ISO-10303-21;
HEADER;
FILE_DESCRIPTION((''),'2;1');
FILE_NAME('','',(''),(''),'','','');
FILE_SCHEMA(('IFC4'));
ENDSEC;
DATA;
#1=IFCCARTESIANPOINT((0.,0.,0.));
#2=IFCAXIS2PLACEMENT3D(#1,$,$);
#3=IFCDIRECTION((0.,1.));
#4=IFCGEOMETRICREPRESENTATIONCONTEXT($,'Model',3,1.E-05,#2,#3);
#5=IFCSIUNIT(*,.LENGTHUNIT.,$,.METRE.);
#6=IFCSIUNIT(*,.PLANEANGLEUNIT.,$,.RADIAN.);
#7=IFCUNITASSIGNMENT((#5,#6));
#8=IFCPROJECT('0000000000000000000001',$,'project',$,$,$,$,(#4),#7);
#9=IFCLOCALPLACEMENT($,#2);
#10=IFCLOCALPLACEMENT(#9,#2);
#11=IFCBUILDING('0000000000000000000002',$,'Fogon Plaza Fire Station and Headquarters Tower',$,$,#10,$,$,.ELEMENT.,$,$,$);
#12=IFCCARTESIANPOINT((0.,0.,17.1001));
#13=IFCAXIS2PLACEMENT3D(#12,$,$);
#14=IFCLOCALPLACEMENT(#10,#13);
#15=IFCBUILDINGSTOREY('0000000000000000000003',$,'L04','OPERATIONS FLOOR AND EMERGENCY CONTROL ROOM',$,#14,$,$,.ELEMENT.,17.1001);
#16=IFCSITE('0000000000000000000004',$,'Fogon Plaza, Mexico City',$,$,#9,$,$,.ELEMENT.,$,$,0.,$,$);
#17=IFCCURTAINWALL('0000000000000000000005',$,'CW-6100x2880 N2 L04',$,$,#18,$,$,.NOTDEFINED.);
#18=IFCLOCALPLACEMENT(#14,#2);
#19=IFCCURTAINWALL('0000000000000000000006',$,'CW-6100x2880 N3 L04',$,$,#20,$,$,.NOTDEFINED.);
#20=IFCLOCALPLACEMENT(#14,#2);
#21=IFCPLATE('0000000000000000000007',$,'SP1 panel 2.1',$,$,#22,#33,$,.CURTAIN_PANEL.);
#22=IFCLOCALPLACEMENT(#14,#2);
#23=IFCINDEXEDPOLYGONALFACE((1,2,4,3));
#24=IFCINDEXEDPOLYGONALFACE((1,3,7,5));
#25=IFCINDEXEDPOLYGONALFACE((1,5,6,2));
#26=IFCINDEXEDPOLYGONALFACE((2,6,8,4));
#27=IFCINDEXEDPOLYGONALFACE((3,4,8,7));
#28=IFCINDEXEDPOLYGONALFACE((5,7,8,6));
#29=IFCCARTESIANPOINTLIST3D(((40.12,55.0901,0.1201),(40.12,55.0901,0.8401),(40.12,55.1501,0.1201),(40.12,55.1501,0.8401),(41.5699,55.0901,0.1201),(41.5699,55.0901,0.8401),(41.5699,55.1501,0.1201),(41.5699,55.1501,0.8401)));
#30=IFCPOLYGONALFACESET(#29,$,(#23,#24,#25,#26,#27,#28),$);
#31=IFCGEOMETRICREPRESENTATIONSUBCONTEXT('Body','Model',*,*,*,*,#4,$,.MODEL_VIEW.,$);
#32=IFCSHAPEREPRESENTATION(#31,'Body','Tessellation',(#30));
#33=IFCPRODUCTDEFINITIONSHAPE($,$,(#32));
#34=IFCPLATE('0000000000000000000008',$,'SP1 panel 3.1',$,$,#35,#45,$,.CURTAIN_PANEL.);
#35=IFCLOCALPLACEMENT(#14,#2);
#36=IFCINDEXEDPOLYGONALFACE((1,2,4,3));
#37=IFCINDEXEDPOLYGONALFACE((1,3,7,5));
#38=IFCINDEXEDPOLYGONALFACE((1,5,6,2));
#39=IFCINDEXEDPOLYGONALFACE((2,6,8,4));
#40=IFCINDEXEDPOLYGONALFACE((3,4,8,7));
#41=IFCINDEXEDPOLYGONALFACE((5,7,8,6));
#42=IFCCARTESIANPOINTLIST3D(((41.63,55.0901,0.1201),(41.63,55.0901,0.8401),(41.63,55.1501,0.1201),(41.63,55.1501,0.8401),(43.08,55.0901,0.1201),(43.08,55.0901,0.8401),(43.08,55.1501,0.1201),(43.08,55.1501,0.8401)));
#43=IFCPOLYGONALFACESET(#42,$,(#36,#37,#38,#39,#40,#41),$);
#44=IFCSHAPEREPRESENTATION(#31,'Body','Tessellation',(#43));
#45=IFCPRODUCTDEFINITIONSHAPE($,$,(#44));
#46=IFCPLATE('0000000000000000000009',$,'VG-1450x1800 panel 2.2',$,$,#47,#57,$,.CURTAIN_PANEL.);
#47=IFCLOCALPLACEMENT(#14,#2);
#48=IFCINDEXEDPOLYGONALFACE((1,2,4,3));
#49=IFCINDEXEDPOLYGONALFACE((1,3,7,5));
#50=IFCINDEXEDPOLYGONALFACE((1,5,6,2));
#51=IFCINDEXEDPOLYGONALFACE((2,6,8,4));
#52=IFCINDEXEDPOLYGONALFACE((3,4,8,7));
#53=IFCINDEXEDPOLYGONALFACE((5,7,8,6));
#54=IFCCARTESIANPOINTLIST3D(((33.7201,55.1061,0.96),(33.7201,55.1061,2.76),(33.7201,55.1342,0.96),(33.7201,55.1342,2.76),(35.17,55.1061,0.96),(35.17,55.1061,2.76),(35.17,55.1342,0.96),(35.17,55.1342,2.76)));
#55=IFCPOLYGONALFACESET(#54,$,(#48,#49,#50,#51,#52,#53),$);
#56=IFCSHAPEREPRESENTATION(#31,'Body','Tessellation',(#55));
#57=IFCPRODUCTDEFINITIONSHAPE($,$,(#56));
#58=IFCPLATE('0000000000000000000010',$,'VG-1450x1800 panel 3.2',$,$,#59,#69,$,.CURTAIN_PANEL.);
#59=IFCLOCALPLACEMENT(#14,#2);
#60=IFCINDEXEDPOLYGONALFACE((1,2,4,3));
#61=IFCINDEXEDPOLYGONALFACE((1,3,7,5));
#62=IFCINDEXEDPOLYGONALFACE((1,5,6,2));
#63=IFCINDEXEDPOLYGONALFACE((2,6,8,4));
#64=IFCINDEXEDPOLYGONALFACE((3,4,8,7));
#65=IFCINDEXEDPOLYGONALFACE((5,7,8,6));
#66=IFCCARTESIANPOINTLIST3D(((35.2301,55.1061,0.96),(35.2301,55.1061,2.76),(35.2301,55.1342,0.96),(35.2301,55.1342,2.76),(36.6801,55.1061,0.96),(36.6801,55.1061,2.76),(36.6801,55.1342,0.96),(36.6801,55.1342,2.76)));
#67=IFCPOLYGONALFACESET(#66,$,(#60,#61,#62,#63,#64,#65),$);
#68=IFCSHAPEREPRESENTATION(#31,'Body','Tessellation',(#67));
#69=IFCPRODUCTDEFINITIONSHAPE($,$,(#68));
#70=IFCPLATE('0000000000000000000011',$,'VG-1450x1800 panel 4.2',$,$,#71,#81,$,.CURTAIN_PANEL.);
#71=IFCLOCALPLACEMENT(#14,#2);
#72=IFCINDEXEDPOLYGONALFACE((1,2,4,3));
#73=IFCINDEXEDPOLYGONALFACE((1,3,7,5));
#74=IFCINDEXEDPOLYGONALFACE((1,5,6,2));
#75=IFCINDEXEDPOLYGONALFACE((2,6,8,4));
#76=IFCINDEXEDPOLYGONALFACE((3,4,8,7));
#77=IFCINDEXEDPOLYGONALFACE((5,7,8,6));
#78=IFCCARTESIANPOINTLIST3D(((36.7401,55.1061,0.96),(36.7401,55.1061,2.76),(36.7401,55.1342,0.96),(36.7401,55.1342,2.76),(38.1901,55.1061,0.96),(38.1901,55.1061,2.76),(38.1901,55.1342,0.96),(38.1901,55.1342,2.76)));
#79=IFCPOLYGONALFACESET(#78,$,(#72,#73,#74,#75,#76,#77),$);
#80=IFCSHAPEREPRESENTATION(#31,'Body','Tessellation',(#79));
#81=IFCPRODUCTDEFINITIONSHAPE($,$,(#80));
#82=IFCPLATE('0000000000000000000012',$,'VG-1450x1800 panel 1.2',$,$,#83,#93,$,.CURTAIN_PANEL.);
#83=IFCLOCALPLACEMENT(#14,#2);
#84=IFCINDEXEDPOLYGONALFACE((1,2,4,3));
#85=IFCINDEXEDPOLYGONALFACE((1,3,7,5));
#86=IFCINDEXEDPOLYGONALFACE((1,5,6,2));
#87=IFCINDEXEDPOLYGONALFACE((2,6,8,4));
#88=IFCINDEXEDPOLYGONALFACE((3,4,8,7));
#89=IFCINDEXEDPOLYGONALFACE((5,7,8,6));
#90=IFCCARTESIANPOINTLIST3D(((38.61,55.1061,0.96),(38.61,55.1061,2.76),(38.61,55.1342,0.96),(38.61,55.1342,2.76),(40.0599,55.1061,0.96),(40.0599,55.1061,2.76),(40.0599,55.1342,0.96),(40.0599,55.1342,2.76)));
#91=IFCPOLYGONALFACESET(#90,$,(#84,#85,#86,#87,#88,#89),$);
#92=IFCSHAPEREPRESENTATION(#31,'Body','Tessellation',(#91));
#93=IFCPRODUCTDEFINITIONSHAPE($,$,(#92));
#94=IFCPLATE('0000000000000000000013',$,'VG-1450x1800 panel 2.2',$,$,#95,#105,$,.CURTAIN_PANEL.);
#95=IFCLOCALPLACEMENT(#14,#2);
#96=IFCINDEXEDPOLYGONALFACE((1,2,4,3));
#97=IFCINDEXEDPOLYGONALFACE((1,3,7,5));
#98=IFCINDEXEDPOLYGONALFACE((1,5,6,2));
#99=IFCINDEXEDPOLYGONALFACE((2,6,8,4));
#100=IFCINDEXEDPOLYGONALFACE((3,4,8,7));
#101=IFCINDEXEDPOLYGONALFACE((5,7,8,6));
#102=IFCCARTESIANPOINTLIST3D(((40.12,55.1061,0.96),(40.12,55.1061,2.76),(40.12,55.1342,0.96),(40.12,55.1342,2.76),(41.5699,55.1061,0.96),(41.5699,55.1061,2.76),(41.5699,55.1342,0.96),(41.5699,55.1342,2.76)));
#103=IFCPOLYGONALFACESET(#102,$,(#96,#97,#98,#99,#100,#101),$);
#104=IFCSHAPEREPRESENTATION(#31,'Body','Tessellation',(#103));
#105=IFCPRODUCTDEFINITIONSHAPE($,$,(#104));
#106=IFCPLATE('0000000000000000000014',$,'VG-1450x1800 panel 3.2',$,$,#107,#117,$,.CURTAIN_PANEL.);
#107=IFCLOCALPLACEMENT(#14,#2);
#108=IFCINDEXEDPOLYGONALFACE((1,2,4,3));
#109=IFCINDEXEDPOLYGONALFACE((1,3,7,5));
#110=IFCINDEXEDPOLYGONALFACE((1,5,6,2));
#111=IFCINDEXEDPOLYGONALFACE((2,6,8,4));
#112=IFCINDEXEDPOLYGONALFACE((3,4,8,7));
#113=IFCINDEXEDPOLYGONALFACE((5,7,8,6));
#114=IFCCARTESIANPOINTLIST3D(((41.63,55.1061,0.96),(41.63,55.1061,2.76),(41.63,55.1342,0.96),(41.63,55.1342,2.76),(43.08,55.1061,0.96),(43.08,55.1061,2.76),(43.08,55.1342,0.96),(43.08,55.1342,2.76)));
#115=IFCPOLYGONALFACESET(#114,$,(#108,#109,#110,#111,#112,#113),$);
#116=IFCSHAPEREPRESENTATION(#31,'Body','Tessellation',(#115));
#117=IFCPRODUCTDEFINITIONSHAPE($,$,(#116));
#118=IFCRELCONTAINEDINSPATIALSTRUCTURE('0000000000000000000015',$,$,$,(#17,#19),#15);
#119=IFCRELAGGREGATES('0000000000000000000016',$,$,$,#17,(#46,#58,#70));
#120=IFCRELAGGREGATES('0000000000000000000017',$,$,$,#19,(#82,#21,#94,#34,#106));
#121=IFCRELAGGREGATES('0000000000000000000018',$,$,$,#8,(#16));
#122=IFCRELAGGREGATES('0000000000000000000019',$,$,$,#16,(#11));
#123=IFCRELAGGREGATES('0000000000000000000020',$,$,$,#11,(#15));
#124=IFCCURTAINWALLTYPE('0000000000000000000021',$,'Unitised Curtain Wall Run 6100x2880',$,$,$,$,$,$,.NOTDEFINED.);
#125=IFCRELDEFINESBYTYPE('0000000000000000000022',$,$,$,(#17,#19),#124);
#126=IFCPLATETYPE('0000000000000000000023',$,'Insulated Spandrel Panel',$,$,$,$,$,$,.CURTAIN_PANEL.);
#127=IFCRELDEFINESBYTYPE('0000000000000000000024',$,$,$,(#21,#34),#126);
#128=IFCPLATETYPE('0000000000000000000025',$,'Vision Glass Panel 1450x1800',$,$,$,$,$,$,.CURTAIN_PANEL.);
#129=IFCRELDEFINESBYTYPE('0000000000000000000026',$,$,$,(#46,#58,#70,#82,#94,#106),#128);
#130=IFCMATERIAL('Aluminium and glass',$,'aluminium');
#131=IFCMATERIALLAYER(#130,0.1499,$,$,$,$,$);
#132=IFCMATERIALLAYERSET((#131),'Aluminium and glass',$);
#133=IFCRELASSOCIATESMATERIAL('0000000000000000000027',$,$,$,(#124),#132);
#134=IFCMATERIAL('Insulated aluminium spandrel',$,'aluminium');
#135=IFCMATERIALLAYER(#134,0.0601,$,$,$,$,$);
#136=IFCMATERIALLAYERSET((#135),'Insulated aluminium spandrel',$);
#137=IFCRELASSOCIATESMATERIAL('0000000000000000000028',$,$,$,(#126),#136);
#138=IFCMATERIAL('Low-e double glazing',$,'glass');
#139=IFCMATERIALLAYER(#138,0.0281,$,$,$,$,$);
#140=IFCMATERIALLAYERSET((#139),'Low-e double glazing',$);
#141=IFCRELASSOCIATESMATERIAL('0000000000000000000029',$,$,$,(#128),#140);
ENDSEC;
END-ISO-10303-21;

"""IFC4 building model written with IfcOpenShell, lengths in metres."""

from ifc_helpers import new_model, si_unit, direction, frame, origin, origin_2d, place, context, subcontext, project, spatial, rectangle, extrude, material, layer, layer_set, type_object, element, aggregate, save


model = new_model("IFC4")

# Units and contexts
model_context = context("Model", 3, precision=1e-05, world=origin(), true_north=direction((0.0, 1.0)))
body_context = subcontext(model_context, "Body", "Model", "MODEL_VIEW")
ifc_project = project(units=[si_unit("LENGTHUNIT", "METRE"), si_unit("PLANEANGLEUNIT", "RADIAN")], contexts=[model_context])

# Site, building, storey
site_placement = place(None, origin())
site = spatial("IfcSite", under=ifc_project, at=site_placement, Name="Fogon Plaza, Mexico City", CompositionType="ELEMENT", RefElevation=0.0)
building_placement = place(site_placement, origin())
building = spatial("IfcBuilding", under=site, at=building_placement, Name="Fogon Plaza Fire Station and Headquarters Tower", CompositionType="ELEMENT")
storey_placement = place(building_placement, frame((0.0, 0.0, 17.1001)))
storey = spatial("IfcBuildingStorey", under=building, at=storey_placement, Name="L04", Description="OPERATIONS FLOOR AND EMERGENCY CONTROL ROOM", CompositionType="ELEMENT", Elevation=17.1001)

# Curtain walls
ifc_material_1 = material(Name="Aluminium and glass", Category="aluminium")
ifc_layer_1 = layer(ifc_material_1, 0.1499)
ifc_layer_set_1 = layer_set([ifc_layer_1], Name="Aluminium and glass")
curtain_wall_type = type_object("IfcCurtainWallType", Name="Unitised Curtain Wall Run 6100x2880", PredefinedType="NOTDEFINED", material=ifc_layer_set_1)
curtain_wall_1_placement = place(storey_placement, origin())
curtain_wall_1 = element("IfcCurtainWall", 1, at=curtain_wall_1_placement, inside=storey, type_object=curtain_wall_type, Name="CW-6100x2880 N2 L04", PredefinedType="NOTDEFINED")
curtain_wall_2_placement = place(storey_placement, origin())
curtain_wall_2 = element("IfcCurtainWall", 2, at=curtain_wall_2_placement, inside=storey, type_object=curtain_wall_type, Name="CW-6100x2880 N3 L04", PredefinedType="NOTDEFINED")

# Plates
ifc_material_2 = material(Name="Insulated aluminium spandrel", Category="aluminium")
ifc_layer_2 = layer(ifc_material_2, 0.0601)
ifc_layer_set_2 = layer_set([ifc_layer_2], Name="Insulated aluminium spandrel")
plate_type_1 = type_object("IfcPlateType", Name="Insulated Spandrel Panel", PredefinedType="CURTAIN_PANEL", material=ifc_layer_set_2)
plate_1_placement = place(storey_placement, frame((40.845, 55.1201, 0.1201), z_axis=(0.0, 0.0, 1.0), x_axis=(1.0, 0.0, 0.0)))
plate_1 = element("IfcPlate", 3, at=plate_1_placement, type_object=plate_type_1, Name="SP1 panel 2.1", PredefinedType="CURTAIN_PANEL", context=body_context, shape_type="SweptSolid", body=[
    extrude(rectangle(XDim=1.45, YDim=0.0601, at=origin_2d()), origin(), (0.0, 0.0, 1.0), 0.72),
])
plate_2_placement = place(storey_placement, frame((42.355, 55.1201, 0.1201), z_axis=(0.0, 0.0, 1.0), x_axis=(1.0, 0.0, 0.0)))
plate_2 = element("IfcPlate", 4, at=plate_2_placement, type_object=plate_type_1, Name="SP1 panel 3.1", PredefinedType="CURTAIN_PANEL", context=body_context, shape_type="SweptSolid", body=[
    extrude(rectangle(XDim=1.45, YDim=0.0601, at=origin_2d()), origin(), (0.0, 0.0, 1.0), 0.72),
])
ifc_material_3 = material(Name="Low-e double glazing", Category="glass")
ifc_layer_3 = layer(ifc_material_3, 0.0281)
ifc_layer_set_3 = layer_set([ifc_layer_3], Name="Low-e double glazing")
plate_type_2 = type_object("IfcPlateType", Name="Vision Glass Panel 1450x1800", PredefinedType="CURTAIN_PANEL", material=ifc_layer_set_3)
plate_3_placement = place(storey_placement, frame((34.4451, 55.1201, 0.96), z_axis=(0.0, 0.0, 1.0), x_axis=(1.0, 0.0, 0.0)))
plate_3 = element("IfcPlate", 5, at=plate_3_placement, type_object=plate_type_2, Name="VG-1450x1800 panel 2.2", PredefinedType="CURTAIN_PANEL", context=body_context, shape_type="SweptSolid", body=[
    extrude(rectangle(XDim=1.45, YDim=0.0281, at=origin_2d()), origin(), (0.0, 0.0, 1.0), 1.8),
])
plate_4_placement = place(storey_placement, frame((35.9551, 55.1201, 0.96), z_axis=(0.0, 0.0, 1.0), x_axis=(1.0, 0.0, 0.0)))
plate_4 = element("IfcPlate", 6, at=plate_4_placement, type_object=plate_type_2, Name="VG-1450x1800 panel 3.2", PredefinedType="CURTAIN_PANEL", context=body_context, shape_type="SweptSolid", body=[
    extrude(rectangle(XDim=1.45, YDim=0.0281, at=origin_2d()), origin(), (0.0, 0.0, 1.0), 1.8),
])
plate_5_placement = place(storey_placement, frame((37.4651, 55.1201, 0.96), z_axis=(0.0, 0.0, 1.0), x_axis=(1.0, 0.0, 0.0)))
plate_5 = element("IfcPlate", 7, at=plate_5_placement, type_object=plate_type_2, Name="VG-1450x1800 panel 4.2", PredefinedType="CURTAIN_PANEL", context=body_context, shape_type="SweptSolid", body=[
    extrude(rectangle(XDim=1.45, YDim=0.0281, at=origin_2d()), origin(), (0.0, 0.0, 1.0), 1.8),
])
aggregate(curtain_wall_1, [plate_3, plate_4, plate_5])
plate_6_placement = place(storey_placement, frame((39.335, 55.1201, 0.96), z_axis=(0.0, 0.0, 1.0), x_axis=(1.0, 0.0, 0.0)))
plate_6 = element("IfcPlate", 8, at=plate_6_placement, type_object=plate_type_2, Name="VG-1450x1800 panel 1.2", PredefinedType="CURTAIN_PANEL", context=body_context, shape_type="SweptSolid", body=[
    extrude(rectangle(XDim=1.45, YDim=0.0281, at=origin_2d()), origin(), (0.0, 0.0, 1.0), 1.8),
])
plate_7_placement = place(storey_placement, frame((40.845, 55.1201, 0.96), z_axis=(0.0, 0.0, 1.0), x_axis=(1.0, 0.0, 0.0)))
plate_7 = element("IfcPlate", 9, at=plate_7_placement, type_object=plate_type_2, Name="VG-1450x1800 panel 2.2", PredefinedType="CURTAIN_PANEL", context=body_context, shape_type="SweptSolid", body=[
    extrude(rectangle(XDim=1.45, YDim=0.0281, at=origin_2d()), origin(), (0.0, 0.0, 1.0), 1.8),
])
plate_8_placement = place(storey_placement, frame((42.355, 55.1201, 0.96), z_axis=(0.0, 0.0, 1.0), x_axis=(1.0, 0.0, 0.0)))
plate_8 = element("IfcPlate", 10, at=plate_8_placement, type_object=plate_type_2, Name="VG-1450x1800 panel 3.2", PredefinedType="CURTAIN_PANEL", context=body_context, shape_type="SweptSolid", body=[
    extrude(rectangle(XDim=1.45, YDim=0.0281, at=origin_2d()), origin(), (0.0, 0.0, 1.0), 1.8),
])
aggregate(curtain_wall_2, [plate_6, plate_1, plate_7, plate_2, plate_8])

save(model, "model.ifc")
